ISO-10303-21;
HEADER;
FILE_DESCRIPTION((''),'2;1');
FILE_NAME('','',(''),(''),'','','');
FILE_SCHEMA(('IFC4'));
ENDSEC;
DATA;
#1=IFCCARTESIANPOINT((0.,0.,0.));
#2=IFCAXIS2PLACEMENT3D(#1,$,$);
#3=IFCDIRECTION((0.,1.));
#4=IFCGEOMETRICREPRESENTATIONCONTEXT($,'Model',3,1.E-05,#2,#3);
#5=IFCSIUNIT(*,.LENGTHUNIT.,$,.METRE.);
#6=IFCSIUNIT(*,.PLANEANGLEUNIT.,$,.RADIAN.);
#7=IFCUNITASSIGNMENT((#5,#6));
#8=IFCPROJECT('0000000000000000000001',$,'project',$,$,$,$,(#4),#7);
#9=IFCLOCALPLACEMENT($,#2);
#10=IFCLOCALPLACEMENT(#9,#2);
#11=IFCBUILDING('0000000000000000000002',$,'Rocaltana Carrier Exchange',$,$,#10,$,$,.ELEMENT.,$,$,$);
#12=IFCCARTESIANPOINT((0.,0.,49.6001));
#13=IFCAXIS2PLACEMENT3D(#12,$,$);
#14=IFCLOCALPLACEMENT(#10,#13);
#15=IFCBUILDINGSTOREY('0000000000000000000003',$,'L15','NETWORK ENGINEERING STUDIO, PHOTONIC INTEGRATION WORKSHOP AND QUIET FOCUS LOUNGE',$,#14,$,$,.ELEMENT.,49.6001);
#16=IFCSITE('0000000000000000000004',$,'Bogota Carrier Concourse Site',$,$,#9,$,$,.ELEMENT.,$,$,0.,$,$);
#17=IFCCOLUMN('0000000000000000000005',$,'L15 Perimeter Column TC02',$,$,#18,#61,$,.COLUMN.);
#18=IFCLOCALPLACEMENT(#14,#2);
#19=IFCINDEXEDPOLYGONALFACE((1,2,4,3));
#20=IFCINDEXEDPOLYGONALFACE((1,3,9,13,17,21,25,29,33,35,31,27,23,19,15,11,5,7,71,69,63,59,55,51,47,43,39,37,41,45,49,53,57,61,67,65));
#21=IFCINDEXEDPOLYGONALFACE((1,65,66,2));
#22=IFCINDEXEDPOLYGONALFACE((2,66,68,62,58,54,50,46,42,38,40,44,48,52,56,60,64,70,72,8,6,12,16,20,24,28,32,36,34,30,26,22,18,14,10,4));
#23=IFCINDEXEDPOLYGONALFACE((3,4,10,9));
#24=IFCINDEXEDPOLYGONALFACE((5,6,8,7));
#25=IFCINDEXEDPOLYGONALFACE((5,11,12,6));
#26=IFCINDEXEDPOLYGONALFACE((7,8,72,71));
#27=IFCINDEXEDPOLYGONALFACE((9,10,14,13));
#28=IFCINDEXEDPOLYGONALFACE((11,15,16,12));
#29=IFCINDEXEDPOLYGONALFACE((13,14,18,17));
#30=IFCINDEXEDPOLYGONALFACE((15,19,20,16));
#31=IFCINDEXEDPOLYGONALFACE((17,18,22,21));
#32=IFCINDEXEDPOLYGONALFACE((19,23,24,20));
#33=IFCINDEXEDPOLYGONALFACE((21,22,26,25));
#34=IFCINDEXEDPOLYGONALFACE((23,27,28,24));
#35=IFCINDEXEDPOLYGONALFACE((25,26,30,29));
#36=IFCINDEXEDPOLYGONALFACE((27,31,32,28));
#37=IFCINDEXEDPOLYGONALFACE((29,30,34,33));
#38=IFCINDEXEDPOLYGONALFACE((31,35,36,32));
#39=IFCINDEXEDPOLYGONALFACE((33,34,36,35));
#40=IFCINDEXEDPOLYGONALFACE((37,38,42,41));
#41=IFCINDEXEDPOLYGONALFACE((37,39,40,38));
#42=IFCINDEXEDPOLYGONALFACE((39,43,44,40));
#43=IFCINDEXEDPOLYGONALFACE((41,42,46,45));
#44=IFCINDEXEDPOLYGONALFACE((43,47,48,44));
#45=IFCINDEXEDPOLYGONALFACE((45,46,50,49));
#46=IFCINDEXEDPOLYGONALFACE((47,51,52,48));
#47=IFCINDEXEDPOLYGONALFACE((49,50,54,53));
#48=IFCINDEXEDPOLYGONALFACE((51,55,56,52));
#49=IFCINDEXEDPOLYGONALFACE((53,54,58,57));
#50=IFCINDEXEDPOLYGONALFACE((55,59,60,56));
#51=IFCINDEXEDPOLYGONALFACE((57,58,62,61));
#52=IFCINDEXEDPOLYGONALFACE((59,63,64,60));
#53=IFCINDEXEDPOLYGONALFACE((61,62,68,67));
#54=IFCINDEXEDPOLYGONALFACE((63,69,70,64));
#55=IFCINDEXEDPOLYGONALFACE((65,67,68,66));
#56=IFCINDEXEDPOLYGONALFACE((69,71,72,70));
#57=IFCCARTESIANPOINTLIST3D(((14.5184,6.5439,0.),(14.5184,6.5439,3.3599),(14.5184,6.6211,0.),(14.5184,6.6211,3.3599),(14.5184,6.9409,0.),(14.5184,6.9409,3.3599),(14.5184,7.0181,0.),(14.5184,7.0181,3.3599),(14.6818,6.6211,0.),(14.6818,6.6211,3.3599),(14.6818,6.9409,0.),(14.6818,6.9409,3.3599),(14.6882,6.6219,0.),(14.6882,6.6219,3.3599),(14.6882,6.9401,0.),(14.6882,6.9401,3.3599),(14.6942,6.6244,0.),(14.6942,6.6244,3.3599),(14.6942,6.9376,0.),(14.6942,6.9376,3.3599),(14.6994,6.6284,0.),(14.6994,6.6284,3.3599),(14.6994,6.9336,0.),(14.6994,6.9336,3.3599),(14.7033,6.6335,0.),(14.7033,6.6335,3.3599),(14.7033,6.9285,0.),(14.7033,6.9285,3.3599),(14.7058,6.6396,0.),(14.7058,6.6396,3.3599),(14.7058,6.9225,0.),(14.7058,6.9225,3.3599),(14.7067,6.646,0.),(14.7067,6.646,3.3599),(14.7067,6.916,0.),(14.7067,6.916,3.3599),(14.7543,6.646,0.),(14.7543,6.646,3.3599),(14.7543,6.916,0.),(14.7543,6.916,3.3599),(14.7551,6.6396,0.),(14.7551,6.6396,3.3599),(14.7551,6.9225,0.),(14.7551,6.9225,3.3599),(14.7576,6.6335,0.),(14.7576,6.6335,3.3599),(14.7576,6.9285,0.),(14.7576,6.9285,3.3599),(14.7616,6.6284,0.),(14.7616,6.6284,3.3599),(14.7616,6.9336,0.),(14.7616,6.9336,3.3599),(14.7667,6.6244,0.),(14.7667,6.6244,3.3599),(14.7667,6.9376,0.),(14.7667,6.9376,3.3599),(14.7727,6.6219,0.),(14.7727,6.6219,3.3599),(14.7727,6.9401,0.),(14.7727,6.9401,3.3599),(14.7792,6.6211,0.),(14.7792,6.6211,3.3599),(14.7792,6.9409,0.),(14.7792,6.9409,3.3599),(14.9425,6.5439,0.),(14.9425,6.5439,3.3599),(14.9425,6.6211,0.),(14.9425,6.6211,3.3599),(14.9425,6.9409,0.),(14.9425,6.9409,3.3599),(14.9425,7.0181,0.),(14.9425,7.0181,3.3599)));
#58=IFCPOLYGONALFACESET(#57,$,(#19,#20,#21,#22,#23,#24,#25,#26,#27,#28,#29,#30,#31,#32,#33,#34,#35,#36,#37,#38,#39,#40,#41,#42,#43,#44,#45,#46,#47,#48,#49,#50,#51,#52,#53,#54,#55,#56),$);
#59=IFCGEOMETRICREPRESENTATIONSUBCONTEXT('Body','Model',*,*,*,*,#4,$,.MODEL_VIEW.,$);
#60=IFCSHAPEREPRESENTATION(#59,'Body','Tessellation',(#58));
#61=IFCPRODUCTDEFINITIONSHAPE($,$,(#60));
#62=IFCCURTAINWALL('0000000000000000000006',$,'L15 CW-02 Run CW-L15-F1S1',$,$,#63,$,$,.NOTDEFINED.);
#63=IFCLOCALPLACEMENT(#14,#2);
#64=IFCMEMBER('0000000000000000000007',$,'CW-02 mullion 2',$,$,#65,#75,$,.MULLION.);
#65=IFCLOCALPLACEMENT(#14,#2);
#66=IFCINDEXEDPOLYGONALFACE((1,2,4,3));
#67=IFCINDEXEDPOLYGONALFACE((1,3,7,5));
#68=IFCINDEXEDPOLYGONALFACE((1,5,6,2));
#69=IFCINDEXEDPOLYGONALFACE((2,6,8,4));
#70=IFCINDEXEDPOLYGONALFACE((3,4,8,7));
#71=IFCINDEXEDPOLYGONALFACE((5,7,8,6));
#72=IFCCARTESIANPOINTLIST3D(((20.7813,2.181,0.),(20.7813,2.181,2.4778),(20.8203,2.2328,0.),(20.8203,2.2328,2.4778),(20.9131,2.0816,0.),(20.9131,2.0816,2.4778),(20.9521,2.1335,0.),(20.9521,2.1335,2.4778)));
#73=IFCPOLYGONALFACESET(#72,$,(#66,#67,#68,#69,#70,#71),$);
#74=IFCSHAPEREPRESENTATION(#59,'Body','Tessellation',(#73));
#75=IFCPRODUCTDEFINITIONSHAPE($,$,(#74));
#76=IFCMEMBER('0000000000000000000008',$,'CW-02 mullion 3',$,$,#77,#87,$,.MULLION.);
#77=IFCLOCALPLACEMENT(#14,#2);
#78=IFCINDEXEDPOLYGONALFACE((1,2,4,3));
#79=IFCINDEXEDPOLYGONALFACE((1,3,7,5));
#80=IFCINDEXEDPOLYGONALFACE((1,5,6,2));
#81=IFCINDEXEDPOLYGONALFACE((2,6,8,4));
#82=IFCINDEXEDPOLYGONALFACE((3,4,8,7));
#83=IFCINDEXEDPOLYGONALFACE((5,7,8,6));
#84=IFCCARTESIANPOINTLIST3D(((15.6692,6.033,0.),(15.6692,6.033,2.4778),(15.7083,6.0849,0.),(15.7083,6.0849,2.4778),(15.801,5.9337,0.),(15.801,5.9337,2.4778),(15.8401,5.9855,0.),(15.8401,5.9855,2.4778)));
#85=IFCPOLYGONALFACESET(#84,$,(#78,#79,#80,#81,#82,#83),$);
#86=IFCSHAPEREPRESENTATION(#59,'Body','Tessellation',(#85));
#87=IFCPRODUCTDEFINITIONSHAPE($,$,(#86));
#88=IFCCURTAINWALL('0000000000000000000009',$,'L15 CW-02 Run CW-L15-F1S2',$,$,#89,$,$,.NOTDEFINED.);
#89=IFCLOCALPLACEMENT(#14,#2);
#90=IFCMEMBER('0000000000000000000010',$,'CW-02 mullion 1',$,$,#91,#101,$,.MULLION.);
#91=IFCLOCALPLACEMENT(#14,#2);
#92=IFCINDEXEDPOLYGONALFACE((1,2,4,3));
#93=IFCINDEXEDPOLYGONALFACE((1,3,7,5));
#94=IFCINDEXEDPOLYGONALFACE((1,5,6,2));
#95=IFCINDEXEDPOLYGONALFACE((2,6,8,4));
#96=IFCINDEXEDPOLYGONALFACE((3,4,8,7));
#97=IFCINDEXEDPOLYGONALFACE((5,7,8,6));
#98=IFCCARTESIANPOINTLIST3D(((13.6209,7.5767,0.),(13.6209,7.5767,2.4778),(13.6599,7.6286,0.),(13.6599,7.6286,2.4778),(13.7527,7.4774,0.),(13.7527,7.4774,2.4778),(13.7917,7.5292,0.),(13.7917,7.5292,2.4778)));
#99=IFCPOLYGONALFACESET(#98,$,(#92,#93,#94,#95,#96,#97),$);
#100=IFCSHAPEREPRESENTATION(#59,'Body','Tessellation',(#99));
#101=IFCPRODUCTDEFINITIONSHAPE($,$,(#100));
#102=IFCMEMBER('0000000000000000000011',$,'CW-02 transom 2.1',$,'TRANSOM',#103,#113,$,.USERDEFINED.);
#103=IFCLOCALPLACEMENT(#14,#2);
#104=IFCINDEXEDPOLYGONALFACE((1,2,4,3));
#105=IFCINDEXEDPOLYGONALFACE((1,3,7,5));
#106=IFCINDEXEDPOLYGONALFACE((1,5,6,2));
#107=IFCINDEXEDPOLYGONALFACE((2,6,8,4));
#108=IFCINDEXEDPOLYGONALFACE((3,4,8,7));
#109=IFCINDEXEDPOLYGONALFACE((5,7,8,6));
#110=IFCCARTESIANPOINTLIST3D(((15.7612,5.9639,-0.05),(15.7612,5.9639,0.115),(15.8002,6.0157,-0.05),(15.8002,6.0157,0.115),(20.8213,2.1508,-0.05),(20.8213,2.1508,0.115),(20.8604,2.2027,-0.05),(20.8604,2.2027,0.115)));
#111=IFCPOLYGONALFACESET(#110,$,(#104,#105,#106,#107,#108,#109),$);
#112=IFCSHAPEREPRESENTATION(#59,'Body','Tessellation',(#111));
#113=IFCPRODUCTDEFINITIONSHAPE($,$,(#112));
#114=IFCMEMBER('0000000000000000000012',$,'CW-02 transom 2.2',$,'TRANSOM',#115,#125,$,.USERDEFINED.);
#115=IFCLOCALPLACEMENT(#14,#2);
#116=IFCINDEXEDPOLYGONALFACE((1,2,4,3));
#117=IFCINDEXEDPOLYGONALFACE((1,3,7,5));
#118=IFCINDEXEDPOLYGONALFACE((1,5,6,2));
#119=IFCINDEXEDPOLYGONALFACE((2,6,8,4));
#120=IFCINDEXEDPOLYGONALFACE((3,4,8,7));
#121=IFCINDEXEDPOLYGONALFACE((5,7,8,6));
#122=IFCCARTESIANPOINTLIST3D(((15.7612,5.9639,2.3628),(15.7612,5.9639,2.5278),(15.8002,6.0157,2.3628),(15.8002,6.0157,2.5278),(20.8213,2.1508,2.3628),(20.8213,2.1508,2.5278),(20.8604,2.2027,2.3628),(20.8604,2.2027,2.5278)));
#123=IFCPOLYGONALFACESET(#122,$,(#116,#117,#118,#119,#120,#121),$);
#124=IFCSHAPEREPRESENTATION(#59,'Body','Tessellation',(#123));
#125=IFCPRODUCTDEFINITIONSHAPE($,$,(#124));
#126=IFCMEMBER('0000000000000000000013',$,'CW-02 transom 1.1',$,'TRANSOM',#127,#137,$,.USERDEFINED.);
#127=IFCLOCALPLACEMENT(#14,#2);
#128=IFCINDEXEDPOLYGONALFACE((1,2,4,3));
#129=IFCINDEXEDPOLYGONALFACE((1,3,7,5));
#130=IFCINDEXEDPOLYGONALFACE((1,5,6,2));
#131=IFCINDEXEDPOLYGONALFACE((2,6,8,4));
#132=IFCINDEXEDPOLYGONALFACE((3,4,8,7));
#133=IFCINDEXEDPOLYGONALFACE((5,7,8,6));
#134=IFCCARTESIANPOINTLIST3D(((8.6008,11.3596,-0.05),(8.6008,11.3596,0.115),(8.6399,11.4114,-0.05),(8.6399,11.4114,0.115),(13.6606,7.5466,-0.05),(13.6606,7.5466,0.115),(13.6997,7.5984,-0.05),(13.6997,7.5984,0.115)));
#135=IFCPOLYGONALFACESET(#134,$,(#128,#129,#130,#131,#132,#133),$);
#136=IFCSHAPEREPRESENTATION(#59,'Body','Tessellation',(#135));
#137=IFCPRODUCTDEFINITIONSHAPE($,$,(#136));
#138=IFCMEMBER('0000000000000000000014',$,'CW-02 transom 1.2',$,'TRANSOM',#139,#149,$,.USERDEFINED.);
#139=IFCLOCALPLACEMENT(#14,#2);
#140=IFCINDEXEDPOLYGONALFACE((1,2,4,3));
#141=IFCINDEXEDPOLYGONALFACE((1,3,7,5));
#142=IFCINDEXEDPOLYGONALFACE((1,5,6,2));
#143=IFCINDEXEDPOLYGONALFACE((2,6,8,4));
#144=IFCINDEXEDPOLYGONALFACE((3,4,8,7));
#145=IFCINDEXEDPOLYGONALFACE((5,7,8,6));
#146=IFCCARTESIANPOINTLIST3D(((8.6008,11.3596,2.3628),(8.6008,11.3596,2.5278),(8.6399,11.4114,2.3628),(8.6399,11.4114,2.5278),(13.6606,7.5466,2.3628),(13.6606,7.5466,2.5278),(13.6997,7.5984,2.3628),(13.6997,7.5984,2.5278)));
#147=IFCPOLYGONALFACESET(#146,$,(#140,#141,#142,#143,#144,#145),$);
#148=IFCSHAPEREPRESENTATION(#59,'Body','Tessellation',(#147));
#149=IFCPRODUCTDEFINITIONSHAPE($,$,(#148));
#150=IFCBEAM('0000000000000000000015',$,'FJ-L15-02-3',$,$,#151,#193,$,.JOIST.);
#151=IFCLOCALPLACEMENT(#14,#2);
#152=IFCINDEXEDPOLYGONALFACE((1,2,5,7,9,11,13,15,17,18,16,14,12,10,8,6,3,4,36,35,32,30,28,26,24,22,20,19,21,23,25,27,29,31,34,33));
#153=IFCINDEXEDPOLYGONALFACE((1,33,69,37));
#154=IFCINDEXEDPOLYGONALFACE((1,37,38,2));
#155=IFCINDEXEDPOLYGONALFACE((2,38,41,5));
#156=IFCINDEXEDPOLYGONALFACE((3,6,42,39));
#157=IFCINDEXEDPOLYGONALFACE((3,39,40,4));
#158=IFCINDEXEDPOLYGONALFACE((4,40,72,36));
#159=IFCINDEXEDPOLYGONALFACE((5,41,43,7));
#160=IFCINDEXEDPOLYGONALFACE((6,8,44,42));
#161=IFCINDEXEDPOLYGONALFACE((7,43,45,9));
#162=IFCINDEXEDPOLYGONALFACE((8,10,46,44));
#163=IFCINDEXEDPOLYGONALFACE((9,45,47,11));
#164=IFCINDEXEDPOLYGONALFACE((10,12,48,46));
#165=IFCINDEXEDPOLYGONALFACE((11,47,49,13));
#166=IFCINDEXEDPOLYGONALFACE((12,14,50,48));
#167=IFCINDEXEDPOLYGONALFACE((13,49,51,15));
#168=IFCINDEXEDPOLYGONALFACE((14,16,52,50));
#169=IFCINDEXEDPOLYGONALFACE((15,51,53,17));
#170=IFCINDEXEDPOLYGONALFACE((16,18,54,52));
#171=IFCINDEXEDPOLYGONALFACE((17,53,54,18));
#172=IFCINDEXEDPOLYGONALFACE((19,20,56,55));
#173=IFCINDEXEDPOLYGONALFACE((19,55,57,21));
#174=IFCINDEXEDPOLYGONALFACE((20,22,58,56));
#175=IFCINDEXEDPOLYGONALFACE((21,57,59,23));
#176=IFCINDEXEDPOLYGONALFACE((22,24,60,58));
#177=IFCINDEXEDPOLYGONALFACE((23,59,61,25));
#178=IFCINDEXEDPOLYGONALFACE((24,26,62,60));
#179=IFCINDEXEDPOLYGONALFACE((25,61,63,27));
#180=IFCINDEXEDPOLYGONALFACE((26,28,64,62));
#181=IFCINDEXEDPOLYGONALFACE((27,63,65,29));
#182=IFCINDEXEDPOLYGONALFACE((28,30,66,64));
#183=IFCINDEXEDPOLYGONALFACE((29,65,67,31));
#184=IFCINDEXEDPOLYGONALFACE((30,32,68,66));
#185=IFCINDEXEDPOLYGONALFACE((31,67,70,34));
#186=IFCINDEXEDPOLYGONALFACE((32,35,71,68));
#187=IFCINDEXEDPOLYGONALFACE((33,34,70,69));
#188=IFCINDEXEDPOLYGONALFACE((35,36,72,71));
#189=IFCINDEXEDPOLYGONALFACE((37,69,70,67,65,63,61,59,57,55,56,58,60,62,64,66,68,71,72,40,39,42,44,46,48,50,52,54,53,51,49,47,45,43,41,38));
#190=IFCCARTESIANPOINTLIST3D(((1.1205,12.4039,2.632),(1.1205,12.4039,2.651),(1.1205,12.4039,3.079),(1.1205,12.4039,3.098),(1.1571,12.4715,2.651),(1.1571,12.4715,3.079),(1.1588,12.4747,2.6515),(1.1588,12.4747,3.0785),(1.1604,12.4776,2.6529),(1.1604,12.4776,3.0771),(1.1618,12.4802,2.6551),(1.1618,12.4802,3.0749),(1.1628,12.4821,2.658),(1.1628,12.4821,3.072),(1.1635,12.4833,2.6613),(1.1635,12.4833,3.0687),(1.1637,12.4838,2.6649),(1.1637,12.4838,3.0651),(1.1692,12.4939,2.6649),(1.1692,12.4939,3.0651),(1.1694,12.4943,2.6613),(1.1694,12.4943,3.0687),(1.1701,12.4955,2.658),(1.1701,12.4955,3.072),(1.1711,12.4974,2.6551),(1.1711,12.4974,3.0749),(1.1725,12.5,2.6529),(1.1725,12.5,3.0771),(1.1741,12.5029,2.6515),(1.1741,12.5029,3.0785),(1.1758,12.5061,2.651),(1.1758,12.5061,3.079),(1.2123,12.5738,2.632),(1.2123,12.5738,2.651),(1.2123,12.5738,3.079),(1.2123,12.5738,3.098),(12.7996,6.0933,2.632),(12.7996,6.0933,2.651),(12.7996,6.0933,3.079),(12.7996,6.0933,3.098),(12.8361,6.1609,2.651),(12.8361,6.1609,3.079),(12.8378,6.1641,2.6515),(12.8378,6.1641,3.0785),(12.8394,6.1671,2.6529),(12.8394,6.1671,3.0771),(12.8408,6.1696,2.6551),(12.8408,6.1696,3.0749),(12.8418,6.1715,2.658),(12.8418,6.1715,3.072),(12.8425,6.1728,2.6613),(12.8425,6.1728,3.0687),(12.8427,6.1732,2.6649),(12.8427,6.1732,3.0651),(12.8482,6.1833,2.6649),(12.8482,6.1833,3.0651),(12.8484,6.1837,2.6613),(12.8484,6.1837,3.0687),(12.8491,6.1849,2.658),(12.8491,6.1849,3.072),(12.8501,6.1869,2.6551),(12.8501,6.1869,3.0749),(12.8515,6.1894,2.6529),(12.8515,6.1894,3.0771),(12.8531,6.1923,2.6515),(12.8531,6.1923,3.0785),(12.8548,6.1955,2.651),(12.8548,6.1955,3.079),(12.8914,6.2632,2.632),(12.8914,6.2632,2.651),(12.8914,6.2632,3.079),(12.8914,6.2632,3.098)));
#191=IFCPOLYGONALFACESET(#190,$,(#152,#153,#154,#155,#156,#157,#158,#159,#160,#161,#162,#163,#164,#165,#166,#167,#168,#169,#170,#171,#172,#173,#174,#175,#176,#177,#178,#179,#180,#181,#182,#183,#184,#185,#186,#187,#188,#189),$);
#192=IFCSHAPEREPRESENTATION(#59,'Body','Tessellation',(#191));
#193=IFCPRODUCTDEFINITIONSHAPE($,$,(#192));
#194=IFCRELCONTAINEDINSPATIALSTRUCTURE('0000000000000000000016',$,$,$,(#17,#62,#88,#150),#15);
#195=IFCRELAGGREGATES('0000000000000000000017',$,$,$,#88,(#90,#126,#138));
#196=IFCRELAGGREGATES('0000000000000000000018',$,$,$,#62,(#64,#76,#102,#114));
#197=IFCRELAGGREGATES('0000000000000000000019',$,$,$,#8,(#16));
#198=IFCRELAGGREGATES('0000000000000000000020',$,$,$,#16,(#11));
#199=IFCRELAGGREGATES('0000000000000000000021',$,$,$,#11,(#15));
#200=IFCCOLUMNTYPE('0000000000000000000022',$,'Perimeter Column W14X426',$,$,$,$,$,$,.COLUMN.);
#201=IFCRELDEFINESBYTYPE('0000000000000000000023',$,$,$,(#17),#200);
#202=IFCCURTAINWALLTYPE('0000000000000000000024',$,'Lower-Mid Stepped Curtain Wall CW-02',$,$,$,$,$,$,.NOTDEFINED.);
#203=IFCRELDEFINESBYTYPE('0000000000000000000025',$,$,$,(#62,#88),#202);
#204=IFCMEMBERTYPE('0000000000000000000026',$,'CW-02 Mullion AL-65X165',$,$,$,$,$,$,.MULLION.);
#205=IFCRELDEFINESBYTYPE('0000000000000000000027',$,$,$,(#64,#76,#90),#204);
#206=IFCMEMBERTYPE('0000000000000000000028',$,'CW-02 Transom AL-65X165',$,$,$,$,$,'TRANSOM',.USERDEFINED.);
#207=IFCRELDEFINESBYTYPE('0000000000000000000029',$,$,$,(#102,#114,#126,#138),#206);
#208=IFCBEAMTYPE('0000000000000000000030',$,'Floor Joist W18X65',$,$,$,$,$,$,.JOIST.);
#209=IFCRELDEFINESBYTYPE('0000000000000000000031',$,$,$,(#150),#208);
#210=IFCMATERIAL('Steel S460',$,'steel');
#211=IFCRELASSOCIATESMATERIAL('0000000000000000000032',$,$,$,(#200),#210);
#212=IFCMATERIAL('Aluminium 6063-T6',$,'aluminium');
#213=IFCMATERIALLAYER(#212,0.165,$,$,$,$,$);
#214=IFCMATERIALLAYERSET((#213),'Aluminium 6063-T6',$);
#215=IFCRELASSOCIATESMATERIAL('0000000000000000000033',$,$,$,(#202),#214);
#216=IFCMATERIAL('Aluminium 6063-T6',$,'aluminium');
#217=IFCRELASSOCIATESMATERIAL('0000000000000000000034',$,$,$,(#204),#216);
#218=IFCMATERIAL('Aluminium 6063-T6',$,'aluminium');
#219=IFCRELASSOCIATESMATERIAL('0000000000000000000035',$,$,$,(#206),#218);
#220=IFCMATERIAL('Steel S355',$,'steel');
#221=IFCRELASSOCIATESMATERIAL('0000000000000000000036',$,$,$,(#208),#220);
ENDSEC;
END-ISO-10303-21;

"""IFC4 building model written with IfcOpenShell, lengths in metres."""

from ifc_helpers import new_model, si_unit, direction, frame, origin, origin_2d, place, context, subcontext, project, spatial, rectangle, i_section, extrude, material, layer, layer_set, material_profile, profile_set, type_object, element, aggregate, save


model = new_model("IFC4")

# Units and contexts
model_context = context("Model", 3, precision=1e-05, world=origin(), true_north=direction((0.0, 1.0)))
body_context = subcontext(model_context, "Body", "Model", "MODEL_VIEW")
ifc_project = project(units=[si_unit("LENGTHUNIT", "METRE"), si_unit("PLANEANGLEUNIT", "RADIAN")], contexts=[model_context])

# Site, building, storey
site_placement = place(None, origin())
site = spatial("IfcSite", under=ifc_project, at=site_placement, Name="Bogota Carrier Concourse Site", CompositionType="ELEMENT", RefElevation=0.0)
building_placement = place(site_placement, origin())
building = spatial("IfcBuilding", under=site, at=building_placement, Name="Rocaltana Carrier Exchange", CompositionType="ELEMENT")
storey_placement = place(building_placement, frame((0.0, 0.0, 49.6001)))
storey = spatial("IfcBuildingStorey", under=building, at=storey_placement, Name="L15", Description="NETWORK ENGINEERING STUDIO, PHOTONIC INTEGRATION WORKSHOP AND QUIET FOCUS LOUNGE", CompositionType="ELEMENT", Elevation=49.6001)

# Column
ifc_material_1 = material(Name="Steel S460", Category="steel")
ifc_material_profile_1 = material_profile(ifc_material_1, i_section(OverallWidth=0.4241, OverallDepth=0.4741, WebThickness=0.0476, FlangeThickness=0.0771, FilletRadius=0.0249, at=origin_2d()), Name="W14X426")
ifc_profile_set_1 = profile_set([ifc_material_profile_1], Name="Steel S460")
column_type = type_object("IfcColumnType", Name="Perimeter Column W14X426", PredefinedType="COLUMN", material=ifc_profile_set_1)
column_placement = place(storey_placement, frame((14.7305, 6.781, 0.0), z_axis=(0.0, 0.0, 1.0), x_axis=(1.0, 0.0, 0.0)))
element("IfcColumn", 1, at=column_placement, inside=storey, type_object=column_type, Name="L15 Perimeter Column TC02", PredefinedType="COLUMN", context=body_context, shape_type="SweptSolid", body=[
    extrude(i_section(OverallWidth=0.4241, OverallDepth=0.4741, WebThickness=0.0476, FlangeThickness=0.0771, FilletRadius=0.0249, at=origin_2d()), origin(), (0.0, 0.0, 1.0), 3.3599),
])

# Curtain wall, members
ifc_material_2 = material(Name="Aluminium 6063-T6", Category="aluminium")
ifc_layer_1 = layer(ifc_material_2, 0.165)
ifc_layer_set_1 = layer_set([ifc_layer_1], Name="Aluminium 6063-T6")
curtain_wall_type = type_object("IfcCurtainWallType", Name="Lower-Mid Stepped Curtain Wall CW-02", PredefinedType="NOTDEFINED", material=ifc_layer_set_1)
curtain_wall_1_placement = place(storey_placement, origin())
curtain_wall_1 = element("IfcCurtainWall", 2, at=curtain_wall_1_placement, inside=storey, type_object=curtain_wall_type, Name="L15 CW-02 Run CW-L15-F1S1", PredefinedType="NOTDEFINED")
ifc_material_3 = material(Name="Aluminium 6063-T6", Category="aluminium")
ifc_material_profile_2 = material_profile(ifc_material_3, rectangle(XDim=0.0649, YDim=0.165, at=origin_2d()), Name="AL-65X165")
ifc_profile_set_2 = profile_set([ifc_material_profile_2], Name="Aluminium 6063-T6")
member_type_1 = type_object("IfcMemberType", Name="CW-02 Mullion AL-65X165", PredefinedType="MULLION", material=ifc_profile_set_2)
member_1_placement = place(storey_placement, frame((20.8667, 2.1572, 0.0), z_axis=(0.0, 0.0, 1.0), x_axis=(-0.601807, -0.798642, 0.0)))
member_1 = element("IfcMember", 3, at=member_1_placement, type_object=member_type_1, Name="CW-02 mullion 2", PredefinedType="MULLION", context=body_context, shape_type="SweptSolid", body=[
    extrude(rectangle(XDim=0.0649, YDim=0.165, at=origin_2d()), origin(), (0.0, 0.0, 1.0), 2.4778),
])
member_2_placement = place(storey_placement, frame((15.7546, 6.0093, 0.0), z_axis=(0.0, 0.0, 1.0), x_axis=(-0.601807, -0.798642, 0.0)))
member_2 = element("IfcMember", 4, at=member_2_placement, type_object=member_type_1, Name="CW-02 mullion 3", PredefinedType="MULLION", context=body_context, shape_type="SweptSolid", body=[
    extrude(rectangle(XDim=0.0649, YDim=0.165, at=origin_2d()), origin(), (0.0, 0.0, 1.0), 2.4778),
])

# Curtain wall, member
curtain_wall_2_placement = place(storey_placement, origin())
curtain_wall_2 = element("IfcCurtainWall", 5, at=curtain_wall_2_placement, inside=storey, type_object=curtain_wall_type, Name="L15 CW-02 Run CW-L15-F1S2", PredefinedType="NOTDEFINED")
member_3_placement = place(storey_placement, frame((13.7063, 7.553, 0.0), z_axis=(0.0, 0.0, 1.0), x_axis=(-0.601815, -0.798635, 0.0)))
member_3 = element("IfcMember", 6, at=member_3_placement, type_object=member_type_1, Name="CW-02 mullion 1", PredefinedType="MULLION", context=body_context, shape_type="SweptSolid", body=[
    extrude(rectangle(XDim=0.0649, YDim=0.165, at=origin_2d()), origin(), (0.0, 0.0, 1.0), 2.4778),
])

# Members
ifc_material_4 = material(Name="Aluminium 6063-T6", Category="aluminium")
ifc_material_profile_3 = material_profile(ifc_material_4, rectangle(XDim=0.0649, YDim=0.165, at=origin_2d()), Name="AL-65X165")
ifc_profile_set_3 = profile_set([ifc_material_profile_3], Name="Aluminium 6063-T6")
member_type_2 = type_object("IfcMemberType", Name="CW-02 Transom AL-65X165", ElementType="TRANSOM", PredefinedType="USERDEFINED", material=ifc_profile_set_3)
member_4_placement = place(storey_placement, frame((20.8408, 2.1768, 0.0325), z_axis=(-0.798638, 0.601811, 0.0), x_axis=(-0.601811, -0.798638, 0.0)))
member_4 = element("IfcMember", 7, at=member_4_placement, type_object=member_type_2, Name="CW-02 transom 2.1", ObjectType="TRANSOM", PredefinedType="USERDEFINED", context=body_context, shape_type="SweptSolid", body=[
    extrude(rectangle(XDim=0.0649, YDim=0.165, at=origin_2d()), origin(), (0.0, 0.0, 1.0), 6.3359),
])
member_5_placement = place(storey_placement, frame((20.8408, 2.1768, 2.4453), z_axis=(-0.798638, 0.601811, 0.0), x_axis=(-0.601811, -0.798638, 0.0)))
member_5 = element("IfcMember", 8, at=member_5_placement, type_object=member_type_2, Name="CW-02 transom 2.2", ObjectType="TRANSOM", PredefinedType="USERDEFINED", context=body_context, shape_type="SweptSolid", body=[
    extrude(rectangle(XDim=0.0649, YDim=0.165, at=origin_2d()), origin(), (0.0, 0.0, 1.0), 6.3359),
])
member_6_placement = place(storey_placement, frame((13.6802, 7.5725, 0.0325), z_axis=(-0.798625, 0.60183, 0.0), x_axis=(-0.60183, -0.798625, 0.0)))
member_6 = element("IfcMember", 9, at=member_6_placement, type_object=member_type_2, Name="CW-02 transom 1.1", ObjectType="TRANSOM", PredefinedType="USERDEFINED", context=body_context, shape_type="SweptSolid", body=[
    extrude(rectangle(XDim=0.0649, YDim=0.165, at=origin_2d()), origin(), (0.0, 0.0, 1.0), 6.3357),
])
member_7_placement = place(storey_placement, frame((13.6802, 7.5725, 2.4453), z_axis=(-0.798625, 0.60183, 0.0), x_axis=(-0.60183, -0.798625, 0.0)))
member_7 = element("IfcMember", 10, at=member_7_placement, type_object=member_type_2, Name="CW-02 transom 1.2", ObjectType="TRANSOM", PredefinedType="USERDEFINED", context=body_context, shape_type="SweptSolid", body=[
    extrude(rectangle(XDim=0.0649, YDim=0.165, at=origin_2d()), origin(), (0.0, 0.0, 1.0), 6.3357),
])
aggregate(curtain_wall_2, [member_3, member_6, member_7])

# Beam
ifc_material_5 = material(Name="Steel S355", Category="steel")
ifc_material_profile_4 = material_profile(ifc_material_5, i_section(OverallWidth=0.1931, OverallDepth=0.4661, WebThickness=0.0115, FlangeThickness=0.019, FilletRadius=0.0139, at=origin_2d()), Name="W18X65")
ifc_profile_set_4 = profile_set([ifc_material_profile_4], Name="Steel S355")
beam_type_1 = type_object("IfcBeamType", Name="Floor Joist W18X65", PredefinedType="JOIST", material=ifc_profile_set_4)
beam_1_placement = place(storey_placement, frame((12.8455, 6.1782, 2.865), z_axis=(-0.879782, 0.475377, 0.0), x_axis=(-0.475377, -0.879782, 0.0)))
element("IfcBeam", 11, at=beam_1_placement, inside=storey, type_object=beam_type_1, Name="FJ-L15-02-3", PredefinedType="JOIST", context=body_context, shape_type="SweptSolid", body=[
    extrude(i_section(OverallWidth=0.1931, OverallDepth=0.4661, WebThickness=0.0115, FlangeThickness=0.019, FilletRadius=0.0139, at=origin_2d()), origin(), (0.0, 0.0, 1.0), 13.2749),
])

aggregate(curtain_wall_1, [member_1, member_2, member_4, member_5])

save(model, "model.ifc")
